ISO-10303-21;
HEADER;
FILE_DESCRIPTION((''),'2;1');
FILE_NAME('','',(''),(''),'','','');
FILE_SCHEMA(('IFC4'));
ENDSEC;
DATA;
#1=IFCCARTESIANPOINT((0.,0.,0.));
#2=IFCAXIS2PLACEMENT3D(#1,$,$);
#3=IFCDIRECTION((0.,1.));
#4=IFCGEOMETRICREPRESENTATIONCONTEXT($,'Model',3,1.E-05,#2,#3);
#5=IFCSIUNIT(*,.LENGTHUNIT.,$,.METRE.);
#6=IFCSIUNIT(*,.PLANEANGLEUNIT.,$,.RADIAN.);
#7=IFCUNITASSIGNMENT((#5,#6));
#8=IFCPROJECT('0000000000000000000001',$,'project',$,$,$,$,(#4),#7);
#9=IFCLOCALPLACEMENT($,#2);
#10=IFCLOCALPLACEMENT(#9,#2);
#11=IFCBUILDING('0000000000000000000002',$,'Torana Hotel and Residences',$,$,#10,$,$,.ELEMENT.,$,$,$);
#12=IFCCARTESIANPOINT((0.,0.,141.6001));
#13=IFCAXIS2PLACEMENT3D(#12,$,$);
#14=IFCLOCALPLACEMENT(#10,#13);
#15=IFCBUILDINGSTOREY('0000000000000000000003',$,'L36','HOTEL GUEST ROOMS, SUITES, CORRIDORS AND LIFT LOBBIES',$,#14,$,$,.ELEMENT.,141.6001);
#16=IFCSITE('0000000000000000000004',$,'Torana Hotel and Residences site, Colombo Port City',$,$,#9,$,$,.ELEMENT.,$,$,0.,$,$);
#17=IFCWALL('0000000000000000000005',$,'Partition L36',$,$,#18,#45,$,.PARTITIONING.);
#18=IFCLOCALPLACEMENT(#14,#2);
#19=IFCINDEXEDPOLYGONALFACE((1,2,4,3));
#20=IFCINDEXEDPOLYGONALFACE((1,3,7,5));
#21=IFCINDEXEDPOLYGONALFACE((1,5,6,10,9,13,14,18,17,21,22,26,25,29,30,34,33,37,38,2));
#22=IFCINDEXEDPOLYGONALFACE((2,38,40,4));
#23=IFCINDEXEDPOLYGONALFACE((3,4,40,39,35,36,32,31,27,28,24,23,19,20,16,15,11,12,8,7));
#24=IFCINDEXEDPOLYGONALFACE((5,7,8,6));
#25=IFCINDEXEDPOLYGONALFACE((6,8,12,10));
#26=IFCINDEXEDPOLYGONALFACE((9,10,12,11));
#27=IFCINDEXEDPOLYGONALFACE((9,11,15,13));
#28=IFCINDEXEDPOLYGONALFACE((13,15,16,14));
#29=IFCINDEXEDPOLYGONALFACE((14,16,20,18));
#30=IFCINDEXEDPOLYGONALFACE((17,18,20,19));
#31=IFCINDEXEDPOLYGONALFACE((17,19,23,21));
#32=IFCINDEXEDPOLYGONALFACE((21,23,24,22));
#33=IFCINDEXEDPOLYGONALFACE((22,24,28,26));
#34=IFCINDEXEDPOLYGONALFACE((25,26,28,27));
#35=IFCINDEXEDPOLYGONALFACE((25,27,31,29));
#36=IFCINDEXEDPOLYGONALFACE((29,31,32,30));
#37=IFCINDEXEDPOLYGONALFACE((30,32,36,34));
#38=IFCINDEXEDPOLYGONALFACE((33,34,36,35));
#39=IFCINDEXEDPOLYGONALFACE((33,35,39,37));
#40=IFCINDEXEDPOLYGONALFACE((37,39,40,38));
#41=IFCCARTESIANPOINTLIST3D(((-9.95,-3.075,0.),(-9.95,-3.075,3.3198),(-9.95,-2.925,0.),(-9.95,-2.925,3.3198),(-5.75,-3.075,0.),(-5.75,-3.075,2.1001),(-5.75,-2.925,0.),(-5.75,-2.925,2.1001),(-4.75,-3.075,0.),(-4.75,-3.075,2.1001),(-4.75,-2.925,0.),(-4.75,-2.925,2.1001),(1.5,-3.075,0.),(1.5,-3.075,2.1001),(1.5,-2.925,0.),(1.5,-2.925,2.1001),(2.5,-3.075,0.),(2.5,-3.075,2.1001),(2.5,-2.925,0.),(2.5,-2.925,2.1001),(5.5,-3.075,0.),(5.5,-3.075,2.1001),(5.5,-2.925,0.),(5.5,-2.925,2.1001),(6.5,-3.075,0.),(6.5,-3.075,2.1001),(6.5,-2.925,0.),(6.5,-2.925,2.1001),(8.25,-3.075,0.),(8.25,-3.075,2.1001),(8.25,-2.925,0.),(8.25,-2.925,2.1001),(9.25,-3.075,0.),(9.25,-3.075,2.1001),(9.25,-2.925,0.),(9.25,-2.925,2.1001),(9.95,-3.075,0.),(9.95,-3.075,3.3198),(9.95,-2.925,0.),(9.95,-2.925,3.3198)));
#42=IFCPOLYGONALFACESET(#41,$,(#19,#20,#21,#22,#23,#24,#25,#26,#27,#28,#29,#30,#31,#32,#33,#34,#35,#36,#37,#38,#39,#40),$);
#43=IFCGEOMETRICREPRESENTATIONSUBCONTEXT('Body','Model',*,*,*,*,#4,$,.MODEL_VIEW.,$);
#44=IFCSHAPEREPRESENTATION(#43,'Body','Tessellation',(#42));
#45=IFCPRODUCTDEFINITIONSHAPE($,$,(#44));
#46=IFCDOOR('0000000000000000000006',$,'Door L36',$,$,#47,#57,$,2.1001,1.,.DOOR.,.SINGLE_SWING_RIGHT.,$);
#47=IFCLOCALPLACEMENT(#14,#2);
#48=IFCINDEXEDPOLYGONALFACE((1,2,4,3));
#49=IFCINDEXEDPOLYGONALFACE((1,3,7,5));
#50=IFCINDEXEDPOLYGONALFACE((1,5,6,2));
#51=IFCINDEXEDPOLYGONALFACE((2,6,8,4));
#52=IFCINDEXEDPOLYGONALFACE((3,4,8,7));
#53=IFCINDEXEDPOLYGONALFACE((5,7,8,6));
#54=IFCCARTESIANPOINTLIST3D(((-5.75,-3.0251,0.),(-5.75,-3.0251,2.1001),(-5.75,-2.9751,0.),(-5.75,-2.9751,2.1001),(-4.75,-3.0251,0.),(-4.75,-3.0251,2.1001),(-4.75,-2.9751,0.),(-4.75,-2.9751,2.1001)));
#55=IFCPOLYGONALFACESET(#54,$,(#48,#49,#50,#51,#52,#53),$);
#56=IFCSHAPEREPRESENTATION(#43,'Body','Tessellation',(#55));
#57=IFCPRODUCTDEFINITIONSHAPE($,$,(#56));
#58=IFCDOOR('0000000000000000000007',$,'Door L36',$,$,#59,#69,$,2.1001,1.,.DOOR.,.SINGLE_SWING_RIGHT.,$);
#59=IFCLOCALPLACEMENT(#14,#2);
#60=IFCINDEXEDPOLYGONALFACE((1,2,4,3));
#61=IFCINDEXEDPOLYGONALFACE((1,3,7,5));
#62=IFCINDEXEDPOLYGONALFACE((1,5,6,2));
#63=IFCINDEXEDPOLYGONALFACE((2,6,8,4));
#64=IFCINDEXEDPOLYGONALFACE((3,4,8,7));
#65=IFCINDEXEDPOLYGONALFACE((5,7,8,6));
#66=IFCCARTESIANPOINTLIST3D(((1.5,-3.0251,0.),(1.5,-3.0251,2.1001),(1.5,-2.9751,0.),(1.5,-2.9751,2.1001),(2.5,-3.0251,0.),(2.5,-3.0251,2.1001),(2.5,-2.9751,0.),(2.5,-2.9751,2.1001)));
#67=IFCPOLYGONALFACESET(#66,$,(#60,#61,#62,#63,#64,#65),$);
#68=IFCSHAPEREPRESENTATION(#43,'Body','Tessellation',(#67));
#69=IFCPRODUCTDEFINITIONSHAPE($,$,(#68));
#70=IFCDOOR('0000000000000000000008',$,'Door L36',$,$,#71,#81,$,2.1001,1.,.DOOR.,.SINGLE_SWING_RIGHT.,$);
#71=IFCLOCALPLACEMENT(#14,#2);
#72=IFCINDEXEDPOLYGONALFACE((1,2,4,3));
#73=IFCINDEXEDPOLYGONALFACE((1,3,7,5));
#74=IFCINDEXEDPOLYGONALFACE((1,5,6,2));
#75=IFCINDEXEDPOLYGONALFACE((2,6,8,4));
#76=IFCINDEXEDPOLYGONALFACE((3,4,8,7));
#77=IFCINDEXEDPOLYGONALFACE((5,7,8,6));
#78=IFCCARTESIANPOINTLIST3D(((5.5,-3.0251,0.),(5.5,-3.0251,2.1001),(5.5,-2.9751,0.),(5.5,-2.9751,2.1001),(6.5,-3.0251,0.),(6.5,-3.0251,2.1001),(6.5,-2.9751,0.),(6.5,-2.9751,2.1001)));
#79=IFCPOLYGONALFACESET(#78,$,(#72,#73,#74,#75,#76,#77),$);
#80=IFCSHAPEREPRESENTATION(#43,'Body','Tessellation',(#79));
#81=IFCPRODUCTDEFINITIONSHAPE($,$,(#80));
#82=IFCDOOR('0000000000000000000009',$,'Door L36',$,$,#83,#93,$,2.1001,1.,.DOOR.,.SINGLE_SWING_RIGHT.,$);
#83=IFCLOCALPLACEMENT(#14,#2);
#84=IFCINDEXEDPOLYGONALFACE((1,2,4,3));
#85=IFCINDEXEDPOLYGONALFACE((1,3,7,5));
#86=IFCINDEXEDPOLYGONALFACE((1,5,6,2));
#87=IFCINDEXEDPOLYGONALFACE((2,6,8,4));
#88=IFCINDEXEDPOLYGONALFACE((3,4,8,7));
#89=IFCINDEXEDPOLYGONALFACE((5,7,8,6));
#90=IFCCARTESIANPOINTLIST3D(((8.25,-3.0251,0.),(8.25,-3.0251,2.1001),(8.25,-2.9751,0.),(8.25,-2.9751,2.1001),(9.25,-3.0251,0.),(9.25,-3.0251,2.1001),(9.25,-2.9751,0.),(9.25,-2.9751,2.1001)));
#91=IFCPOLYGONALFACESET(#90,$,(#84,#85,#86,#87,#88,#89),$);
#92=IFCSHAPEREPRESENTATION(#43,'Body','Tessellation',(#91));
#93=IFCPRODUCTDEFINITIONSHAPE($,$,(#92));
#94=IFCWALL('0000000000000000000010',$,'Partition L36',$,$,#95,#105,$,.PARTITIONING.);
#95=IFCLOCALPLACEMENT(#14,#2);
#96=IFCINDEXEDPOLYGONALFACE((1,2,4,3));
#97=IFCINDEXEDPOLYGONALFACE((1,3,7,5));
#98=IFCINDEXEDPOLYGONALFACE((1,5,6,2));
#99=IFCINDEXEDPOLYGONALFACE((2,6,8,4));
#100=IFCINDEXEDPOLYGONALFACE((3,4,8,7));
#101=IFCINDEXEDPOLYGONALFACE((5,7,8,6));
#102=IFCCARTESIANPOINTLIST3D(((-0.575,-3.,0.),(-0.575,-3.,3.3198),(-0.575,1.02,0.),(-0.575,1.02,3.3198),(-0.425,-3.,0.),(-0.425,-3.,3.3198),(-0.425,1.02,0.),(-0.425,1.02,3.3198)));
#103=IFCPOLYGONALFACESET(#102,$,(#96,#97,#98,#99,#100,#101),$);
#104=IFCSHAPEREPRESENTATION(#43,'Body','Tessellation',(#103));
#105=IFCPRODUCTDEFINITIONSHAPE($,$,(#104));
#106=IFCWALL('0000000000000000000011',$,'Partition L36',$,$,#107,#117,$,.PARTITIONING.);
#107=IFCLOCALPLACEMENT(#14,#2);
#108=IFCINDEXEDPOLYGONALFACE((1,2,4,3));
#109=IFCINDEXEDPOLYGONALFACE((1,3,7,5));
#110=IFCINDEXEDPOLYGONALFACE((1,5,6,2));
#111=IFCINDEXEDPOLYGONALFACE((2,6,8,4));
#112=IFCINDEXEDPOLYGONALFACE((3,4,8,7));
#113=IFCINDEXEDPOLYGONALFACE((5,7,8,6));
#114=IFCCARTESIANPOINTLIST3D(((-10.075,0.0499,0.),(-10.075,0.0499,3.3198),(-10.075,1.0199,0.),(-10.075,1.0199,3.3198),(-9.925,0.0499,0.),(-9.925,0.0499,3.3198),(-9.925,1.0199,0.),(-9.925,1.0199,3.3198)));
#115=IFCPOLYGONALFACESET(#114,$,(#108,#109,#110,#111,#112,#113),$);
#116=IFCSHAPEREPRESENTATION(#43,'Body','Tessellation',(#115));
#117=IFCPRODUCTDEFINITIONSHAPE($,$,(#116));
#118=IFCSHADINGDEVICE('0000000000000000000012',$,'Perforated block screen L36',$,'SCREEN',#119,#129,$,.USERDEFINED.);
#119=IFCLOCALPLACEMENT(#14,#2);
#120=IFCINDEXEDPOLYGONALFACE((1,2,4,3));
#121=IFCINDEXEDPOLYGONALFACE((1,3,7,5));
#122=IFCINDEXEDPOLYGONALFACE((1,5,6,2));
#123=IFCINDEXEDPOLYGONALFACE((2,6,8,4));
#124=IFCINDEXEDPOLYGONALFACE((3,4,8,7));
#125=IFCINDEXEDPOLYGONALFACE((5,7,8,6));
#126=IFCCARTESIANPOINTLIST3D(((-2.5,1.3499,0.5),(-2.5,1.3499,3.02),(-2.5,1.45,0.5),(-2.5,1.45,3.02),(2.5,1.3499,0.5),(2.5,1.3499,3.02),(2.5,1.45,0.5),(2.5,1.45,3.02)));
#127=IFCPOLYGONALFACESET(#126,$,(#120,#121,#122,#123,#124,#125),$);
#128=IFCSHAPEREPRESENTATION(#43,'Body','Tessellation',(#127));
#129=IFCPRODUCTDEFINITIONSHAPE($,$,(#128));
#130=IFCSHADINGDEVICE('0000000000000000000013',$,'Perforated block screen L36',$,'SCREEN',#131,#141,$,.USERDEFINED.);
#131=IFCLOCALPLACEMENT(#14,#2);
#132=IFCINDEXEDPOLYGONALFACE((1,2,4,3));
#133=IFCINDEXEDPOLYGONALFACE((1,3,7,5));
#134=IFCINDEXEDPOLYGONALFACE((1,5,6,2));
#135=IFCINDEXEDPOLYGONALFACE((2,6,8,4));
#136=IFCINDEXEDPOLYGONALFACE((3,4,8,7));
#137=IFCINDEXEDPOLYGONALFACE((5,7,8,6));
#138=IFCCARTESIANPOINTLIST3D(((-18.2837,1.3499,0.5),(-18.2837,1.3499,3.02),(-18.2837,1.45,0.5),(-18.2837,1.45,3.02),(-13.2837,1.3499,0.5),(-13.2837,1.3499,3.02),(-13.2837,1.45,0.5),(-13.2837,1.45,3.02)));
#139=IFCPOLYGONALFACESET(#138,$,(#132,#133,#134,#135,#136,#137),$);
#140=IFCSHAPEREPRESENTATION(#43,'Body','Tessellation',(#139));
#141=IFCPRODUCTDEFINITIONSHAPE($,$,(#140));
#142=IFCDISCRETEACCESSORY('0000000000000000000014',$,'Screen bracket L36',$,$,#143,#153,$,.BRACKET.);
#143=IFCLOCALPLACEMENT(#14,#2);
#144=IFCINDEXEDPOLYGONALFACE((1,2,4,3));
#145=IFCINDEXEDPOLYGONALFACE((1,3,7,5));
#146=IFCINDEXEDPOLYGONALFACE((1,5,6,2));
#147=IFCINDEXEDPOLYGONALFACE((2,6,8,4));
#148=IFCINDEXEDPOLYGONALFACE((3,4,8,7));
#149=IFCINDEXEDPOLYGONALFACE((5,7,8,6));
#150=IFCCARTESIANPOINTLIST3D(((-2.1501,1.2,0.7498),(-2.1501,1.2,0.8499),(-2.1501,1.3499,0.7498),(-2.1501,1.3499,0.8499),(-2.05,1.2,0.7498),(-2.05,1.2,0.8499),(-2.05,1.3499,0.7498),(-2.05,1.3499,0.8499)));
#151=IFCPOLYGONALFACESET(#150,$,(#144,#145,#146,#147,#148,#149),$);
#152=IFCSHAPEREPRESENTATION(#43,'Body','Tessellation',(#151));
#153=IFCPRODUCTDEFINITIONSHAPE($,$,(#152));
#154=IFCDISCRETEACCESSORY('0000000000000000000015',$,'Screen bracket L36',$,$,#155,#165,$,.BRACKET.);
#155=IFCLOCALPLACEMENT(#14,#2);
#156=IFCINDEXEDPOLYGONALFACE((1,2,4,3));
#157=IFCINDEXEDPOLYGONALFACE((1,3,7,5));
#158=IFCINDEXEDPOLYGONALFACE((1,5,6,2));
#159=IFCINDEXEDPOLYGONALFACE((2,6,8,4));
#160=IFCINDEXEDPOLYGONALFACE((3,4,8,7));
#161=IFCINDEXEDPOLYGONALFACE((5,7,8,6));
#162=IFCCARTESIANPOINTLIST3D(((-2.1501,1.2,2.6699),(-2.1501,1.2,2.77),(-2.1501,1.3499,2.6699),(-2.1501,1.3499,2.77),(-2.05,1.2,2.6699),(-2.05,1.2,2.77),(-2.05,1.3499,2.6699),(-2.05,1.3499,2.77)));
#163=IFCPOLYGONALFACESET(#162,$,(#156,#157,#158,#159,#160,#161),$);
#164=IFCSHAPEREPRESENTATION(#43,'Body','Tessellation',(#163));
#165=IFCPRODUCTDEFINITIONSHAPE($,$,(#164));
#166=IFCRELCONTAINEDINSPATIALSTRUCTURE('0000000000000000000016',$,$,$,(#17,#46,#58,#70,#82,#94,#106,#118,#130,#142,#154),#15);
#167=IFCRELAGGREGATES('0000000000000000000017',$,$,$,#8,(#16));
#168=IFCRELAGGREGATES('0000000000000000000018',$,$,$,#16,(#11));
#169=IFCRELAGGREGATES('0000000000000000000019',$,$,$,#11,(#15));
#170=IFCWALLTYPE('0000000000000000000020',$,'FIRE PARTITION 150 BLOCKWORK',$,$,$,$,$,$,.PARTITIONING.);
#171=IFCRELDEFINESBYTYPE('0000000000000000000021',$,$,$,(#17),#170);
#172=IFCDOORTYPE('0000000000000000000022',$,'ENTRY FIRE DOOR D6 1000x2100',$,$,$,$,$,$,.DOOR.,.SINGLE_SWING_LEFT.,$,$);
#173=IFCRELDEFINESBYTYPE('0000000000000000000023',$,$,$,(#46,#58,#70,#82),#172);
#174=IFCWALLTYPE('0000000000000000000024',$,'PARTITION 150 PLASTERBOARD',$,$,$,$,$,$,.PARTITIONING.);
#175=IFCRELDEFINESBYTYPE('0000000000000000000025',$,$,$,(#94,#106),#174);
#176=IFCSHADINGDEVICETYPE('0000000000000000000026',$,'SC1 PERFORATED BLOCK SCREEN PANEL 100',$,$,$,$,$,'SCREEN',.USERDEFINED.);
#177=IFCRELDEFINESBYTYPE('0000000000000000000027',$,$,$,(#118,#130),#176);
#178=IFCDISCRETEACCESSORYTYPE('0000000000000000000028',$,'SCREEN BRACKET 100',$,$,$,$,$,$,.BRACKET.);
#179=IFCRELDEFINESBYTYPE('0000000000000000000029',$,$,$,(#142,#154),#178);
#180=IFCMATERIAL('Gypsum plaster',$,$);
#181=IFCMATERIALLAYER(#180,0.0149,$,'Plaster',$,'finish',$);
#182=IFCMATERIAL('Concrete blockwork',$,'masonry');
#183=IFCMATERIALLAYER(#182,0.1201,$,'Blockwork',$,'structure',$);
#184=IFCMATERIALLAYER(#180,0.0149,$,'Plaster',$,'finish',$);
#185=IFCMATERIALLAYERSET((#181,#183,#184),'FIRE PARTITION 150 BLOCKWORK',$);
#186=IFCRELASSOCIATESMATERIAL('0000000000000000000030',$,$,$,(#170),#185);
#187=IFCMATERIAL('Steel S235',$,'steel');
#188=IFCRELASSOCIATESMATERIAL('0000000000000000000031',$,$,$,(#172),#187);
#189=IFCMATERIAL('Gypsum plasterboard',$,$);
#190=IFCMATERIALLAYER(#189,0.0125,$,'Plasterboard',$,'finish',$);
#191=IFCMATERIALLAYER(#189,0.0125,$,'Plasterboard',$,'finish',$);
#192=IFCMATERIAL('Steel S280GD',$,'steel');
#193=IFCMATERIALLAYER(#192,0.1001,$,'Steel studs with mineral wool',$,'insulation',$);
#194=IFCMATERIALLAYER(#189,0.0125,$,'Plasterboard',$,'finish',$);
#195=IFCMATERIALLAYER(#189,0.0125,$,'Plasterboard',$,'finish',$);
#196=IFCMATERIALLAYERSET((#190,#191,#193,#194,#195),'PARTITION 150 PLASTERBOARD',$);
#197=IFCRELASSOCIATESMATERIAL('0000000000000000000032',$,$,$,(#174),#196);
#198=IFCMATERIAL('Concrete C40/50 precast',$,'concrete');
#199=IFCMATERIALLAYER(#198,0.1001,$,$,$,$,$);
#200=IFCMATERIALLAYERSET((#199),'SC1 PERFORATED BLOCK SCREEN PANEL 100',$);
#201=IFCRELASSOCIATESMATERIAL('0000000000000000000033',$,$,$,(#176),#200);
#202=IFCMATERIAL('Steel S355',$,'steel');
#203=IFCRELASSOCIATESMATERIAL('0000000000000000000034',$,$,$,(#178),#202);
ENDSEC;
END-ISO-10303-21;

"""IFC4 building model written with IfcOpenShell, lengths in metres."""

from ifc_helpers import new_model, si_unit, direction, frame, frame_2d, origin, origin_2d, place, context, subcontext, project, spatial, rectangle, extrude, material, layer, layer_set, type_object, element, fill, save


model = new_model("IFC4")

# Units and contexts
model_context = context("Model", 3, precision=1e-05, world=origin(), true_north=direction((0.0, 1.0)))
body_context = subcontext(model_context, "Body", "Model", "MODEL_VIEW")
ifc_project = project(units=[si_unit("LENGTHUNIT", "METRE"), si_unit("PLANEANGLEUNIT", "RADIAN")], contexts=[model_context])

# Site, building, storey
site_placement = place(None, origin())
site = spatial("IfcSite", under=ifc_project, at=site_placement, Name="Torana Hotel and Residences site, Colombo Port City", CompositionType="ELEMENT", RefElevation=0.0)
building_placement = place(site_placement, origin())
building = spatial("IfcBuilding", under=site, at=building_placement, Name="Torana Hotel and Residences", CompositionType="ELEMENT")
storey_placement = place(building_placement, frame((0.0, 0.0, 141.6001)))
storey = spatial("IfcBuildingStorey", under=building, at=storey_placement, Name="L36", Description="HOTEL GUEST ROOMS, SUITES, CORRIDORS AND LIFT LOBBIES", CompositionType="ELEMENT", Elevation=141.6001)

# Wall, openings, doors
ifc_material_1 = material(Name="Gypsum plaster")
ifc_layer_1 = layer(ifc_material_1, 0.0149, Name="Plaster", Category="finish")
ifc_material_2 = material(Name="Concrete blockwork", Category="masonry")
ifc_layer_2 = layer(ifc_material_2, 0.1201, Name="Blockwork", Category="structure")
ifc_layer_3 = layer(ifc_material_1, 0.0149, Name="Plaster", Category="finish")
ifc_layer_set_1 = layer_set([ifc_layer_1, ifc_layer_2, ifc_layer_3], Name="FIRE PARTITION 150 BLOCKWORK")
wall_type_1 = type_object("IfcWallType", Name="FIRE PARTITION 150 BLOCKWORK", PredefinedType="PARTITIONING", material=ifc_layer_set_1)
wall_1_placement = place(storey_placement, frame((-9.95, -3.0, 0.0), z_axis=(0.0, 0.0, 1.0), x_axis=(1.0, 0.0, 0.0)))
wall_1 = element("IfcWall", 1, at=wall_1_placement, inside=storey, type_object=wall_type_1, Name="Partition L36", PredefinedType="PARTITIONING", context=body_context, shape_type="SweptSolid", body=[
    extrude(rectangle(XDim=19.8999, YDim=0.1499, at=frame_2d((9.95, 0.0))), origin(), (0.0, 0.0, 1.0), 3.3198),
])
opening_1_placement = place(wall_1_placement, frame((4.2, 0.0, 0.0)))
opening_1 = element("IfcOpeningElement", 2, at=opening_1_placement, cuts=wall_1, PredefinedType="OPENING", context=body_context, shape_type="SweptSolid", body=[
    extrude(rectangle(XDim=1.0, YDim=2.1001, at=frame_2d((0.5, 1.05))), frame((0.0, 0.085, 0.0), z_axis=(0.0, -1.0, 0.0), x_axis=(1.0, 0.0, 0.0)), (0.0, 0.0, 1.0), 0.1699),
])
opening_2_placement = place(wall_1_placement, frame((11.45, 0.0, 0.0)))
opening_2 = element("IfcOpeningElement", 3, at=opening_2_placement, cuts=wall_1, PredefinedType="OPENING", context=body_context, shape_type="SweptSolid", body=[
    extrude(rectangle(XDim=1.0, YDim=2.1001, at=frame_2d((0.5, 1.05))), frame((0.0, 0.085, 0.0), z_axis=(0.0, -1.0, 0.0), x_axis=(1.0, 0.0, 0.0)), (0.0, 0.0, 1.0), 0.1699),
])
opening_3_placement = place(wall_1_placement, frame((15.45, 0.0, 0.0)))
opening_3 = element("IfcOpeningElement", 4, at=opening_3_placement, cuts=wall_1, PredefinedType="OPENING", context=body_context, shape_type="SweptSolid", body=[
    extrude(rectangle(XDim=1.0, YDim=2.1001, at=frame_2d((0.5, 1.05))), frame((0.0, 0.085, 0.0), z_axis=(0.0, -1.0, 0.0), x_axis=(1.0, 0.0, 0.0)), (0.0, 0.0, 1.0), 0.1699),
])
opening_4_placement = place(wall_1_placement, frame((18.2, 0.0, 0.0)))
opening_4 = element("IfcOpeningElement", 5, at=opening_4_placement, cuts=wall_1, PredefinedType="OPENING", context=body_context, shape_type="SweptSolid", body=[
    extrude(rectangle(XDim=1.0, YDim=2.1001, at=frame_2d((0.5, 1.05))), frame((0.0, 0.085, 0.0), z_axis=(0.0, -1.0, 0.0), x_axis=(1.0, 0.0, 0.0)), (0.0, 0.0, 1.0), 0.1699),
])
ifc_material_3 = material(Name="Steel S235", Category="steel")
door_type = type_object("IfcDoorType", Name="ENTRY FIRE DOOR D6 1000x2100", OperationType="SINGLE_SWING_LEFT", PredefinedType="DOOR", material=ifc_material_3)
door_1_placement = place(opening_1_placement, origin())
door_1 = element("IfcDoor", 6, at=door_1_placement, inside=storey, type_object=door_type, Name="Door L36", OperationType="SINGLE_SWING_RIGHT", OverallHeight=2.1001, OverallWidth=1.0, PredefinedType="DOOR", context=body_context, shape_type="SweptSolid", body=[
    extrude(rectangle(XDim=1.0, YDim=2.1001, at=frame_2d((0.5, 1.05))), frame((0.0, 0.0249, 0.0), z_axis=(0.0, -1.0, 0.0), x_axis=(1.0, 0.0, 0.0)), (0.0, 0.0, 1.0), 0.05),
])
fill(opening_1, door_1)
door_2_placement = place(opening_2_placement, origin())
door_2 = element("IfcDoor", 7, at=door_2_placement, inside=storey, type_object=door_type, Name="Door L36", OperationType="SINGLE_SWING_RIGHT", OverallHeight=2.1001, OverallWidth=1.0, PredefinedType="DOOR", context=body_context, shape_type="SweptSolid", body=[
    extrude(rectangle(XDim=1.0, YDim=2.1001, at=frame_2d((0.5, 1.05))), frame((0.0, 0.0249, 0.0), z_axis=(0.0, -1.0, 0.0), x_axis=(1.0, 0.0, 0.0)), (0.0, 0.0, 1.0), 0.05),
])
fill(opening_2, door_2)
door_3_placement = place(opening_3_placement, origin())
door_3 = element("IfcDoor", 8, at=door_3_placement, inside=storey, type_object=door_type, Name="Door L36", OperationType="SINGLE_SWING_RIGHT", OverallHeight=2.1001, OverallWidth=1.0, PredefinedType="DOOR", context=body_context, shape_type="SweptSolid", body=[
    extrude(rectangle(XDim=1.0, YDim=2.1001, at=frame_2d((0.5, 1.05))), frame((0.0, 0.0249, 0.0), z_axis=(0.0, -1.0, 0.0), x_axis=(1.0, 0.0, 0.0)), (0.0, 0.0, 1.0), 0.05),
])
fill(opening_3, door_3)
door_4_placement = place(opening_4_placement, origin())
door_4 = element("IfcDoor", 9, at=door_4_placement, inside=storey, type_object=door_type, Name="Door L36", OperationType="SINGLE_SWING_RIGHT", OverallHeight=2.1001, OverallWidth=1.0, PredefinedType="DOOR", context=body_context, shape_type="SweptSolid", body=[
    extrude(rectangle(XDim=1.0, YDim=2.1001, at=frame_2d((0.5, 1.05))), frame((0.0, 0.0249, 0.0), z_axis=(0.0, -1.0, 0.0), x_axis=(1.0, 0.0, 0.0)), (0.0, 0.0, 1.0), 0.05),
])
fill(opening_4, door_4)

# Walls
ifc_material_4 = material(Name="Gypsum plasterboard")
ifc_layer_4 = layer(ifc_material_4, 0.0125, Name="Plasterboard", Category="finish")
ifc_layer_5 = layer(ifc_material_4, 0.0125, Name="Plasterboard", Category="finish")
ifc_material_5 = material(Name="Steel S280GD", Category="steel")
ifc_layer_6 = layer(ifc_material_5, 0.1001, Name="Steel studs with mineral wool", Category="insulation")
ifc_layer_7 = layer(ifc_material_4, 0.0125, Name="Plasterboard", Category="finish")
ifc_layer_8 = layer(ifc_material_4, 0.0125, Name="Plasterboard", Category="finish")
ifc_layer_set_2 = layer_set([ifc_layer_4, ifc_layer_5, ifc_layer_6, ifc_layer_7, ifc_layer_8], Name="PARTITION 150 PLASTERBOARD")
wall_type_2 = type_object("IfcWallType", Name="PARTITION 150 PLASTERBOARD", PredefinedType="PARTITIONING", material=ifc_layer_set_2)
wall_2_placement = place(storey_placement, frame((-0.5, -3.0, 0.0), z_axis=(0.0, 0.0, 1.0), x_axis=(0.0, 1.0, 0.0)))
element("IfcWall", 10, at=wall_2_placement, inside=storey, type_object=wall_type_2, Name="Partition L36", PredefinedType="PARTITIONING", context=body_context, shape_type="SweptSolid", body=[
    extrude(rectangle(XDim=4.02, YDim=0.1499, at=frame_2d((2.01, 0.0))), origin(), (0.0, 0.0, 1.0), 3.3198),
])
wall_3_placement = place(storey_placement, frame((-10.0, 0.05, 0.0), z_axis=(0.0, 0.0, 1.0), x_axis=(0.0, 1.0, 0.0)))
element("IfcWall", 11, at=wall_3_placement, inside=storey, type_object=wall_type_2, Name="Partition L36", PredefinedType="PARTITIONING", context=body_context, shape_type="SweptSolid", body=[
    extrude(rectangle(XDim=0.97, YDim=0.1499, at=frame_2d((0.4849, 0.0))), origin(), (0.0, 0.0, 1.0), 3.3198),
])

# Shading devices
ifc_material_6 = material(Name="Concrete C40/50 precast", Category="concrete")
ifc_layer_9 = layer(ifc_material_6, 0.1001)
ifc_layer_set_3 = layer_set([ifc_layer_9], Name="SC1 PERFORATED BLOCK SCREEN PANEL 100")
shading_device_type = type_object("IfcShadingDeviceType", Name="SC1 PERFORATED BLOCK SCREEN PANEL 100", ElementType="SCREEN", PredefinedType="USERDEFINED", material=ifc_layer_set_3)
for number, where, z_axis, x_axis, name in (
    (12, (0.0, 1.3999, 0.5), (0.0, 0.0, 1.0), (-1.0, 0.0, 0.0), "Perforated block screen L36"),
    (13, (-15.7837, 1.3999, 0.5), (0.0, 0.0, 1.0), (-1.0, 0.0, 0.0), "Perforated block screen L36"),
):
    element("IfcShadingDevice", number, at=place(storey_placement, frame(where, z_axis=z_axis, x_axis=x_axis)), inside=storey, type_object=shading_device_type, Name=name, ObjectType="SCREEN", PredefinedType="USERDEFINED", context=body_context, shape_type="SweptSolid", body=[
        extrude(rectangle(XDim=5.0, YDim=0.1001, at=origin_2d()), origin(), (0.0, 0.0, 1.0), 2.52),
    ])

# Discrete accessories
ifc_material_7 = material(Name="Steel S355", Category="steel")
discrete_accessory_type = type_object("IfcDiscreteAccessoryType", Name="SCREEN BRACKET 100", PredefinedType="BRACKET", material=ifc_material_7)
for number, where, z_axis, x_axis, name in (
    (14, (-2.1001, 1.2749, 0.7498), (0.0, 0.0, 1.0), (-1.0, 0.0, 0.0), "Screen bracket L36"),
    (15, (-2.1001, 1.2749, 2.6699), (0.0, 0.0, 1.0), (-1.0, 0.0, 0.0), "Screen bracket L36"),
):
    element("IfcDiscreteAccessory", number, at=place(storey_placement, frame(where, z_axis=z_axis, x_axis=x_axis)), inside=storey, type_object=discrete_accessory_type, Name=name, PredefinedType="BRACKET", context=body_context, shape_type="SweptSolid", body=[
        extrude(rectangle(XDim=0.1001, YDim=0.1499, at=origin_2d()), origin(), (0.0, 0.0, 1.0), 0.1001),
    ])

save(model, "model.ifc")
